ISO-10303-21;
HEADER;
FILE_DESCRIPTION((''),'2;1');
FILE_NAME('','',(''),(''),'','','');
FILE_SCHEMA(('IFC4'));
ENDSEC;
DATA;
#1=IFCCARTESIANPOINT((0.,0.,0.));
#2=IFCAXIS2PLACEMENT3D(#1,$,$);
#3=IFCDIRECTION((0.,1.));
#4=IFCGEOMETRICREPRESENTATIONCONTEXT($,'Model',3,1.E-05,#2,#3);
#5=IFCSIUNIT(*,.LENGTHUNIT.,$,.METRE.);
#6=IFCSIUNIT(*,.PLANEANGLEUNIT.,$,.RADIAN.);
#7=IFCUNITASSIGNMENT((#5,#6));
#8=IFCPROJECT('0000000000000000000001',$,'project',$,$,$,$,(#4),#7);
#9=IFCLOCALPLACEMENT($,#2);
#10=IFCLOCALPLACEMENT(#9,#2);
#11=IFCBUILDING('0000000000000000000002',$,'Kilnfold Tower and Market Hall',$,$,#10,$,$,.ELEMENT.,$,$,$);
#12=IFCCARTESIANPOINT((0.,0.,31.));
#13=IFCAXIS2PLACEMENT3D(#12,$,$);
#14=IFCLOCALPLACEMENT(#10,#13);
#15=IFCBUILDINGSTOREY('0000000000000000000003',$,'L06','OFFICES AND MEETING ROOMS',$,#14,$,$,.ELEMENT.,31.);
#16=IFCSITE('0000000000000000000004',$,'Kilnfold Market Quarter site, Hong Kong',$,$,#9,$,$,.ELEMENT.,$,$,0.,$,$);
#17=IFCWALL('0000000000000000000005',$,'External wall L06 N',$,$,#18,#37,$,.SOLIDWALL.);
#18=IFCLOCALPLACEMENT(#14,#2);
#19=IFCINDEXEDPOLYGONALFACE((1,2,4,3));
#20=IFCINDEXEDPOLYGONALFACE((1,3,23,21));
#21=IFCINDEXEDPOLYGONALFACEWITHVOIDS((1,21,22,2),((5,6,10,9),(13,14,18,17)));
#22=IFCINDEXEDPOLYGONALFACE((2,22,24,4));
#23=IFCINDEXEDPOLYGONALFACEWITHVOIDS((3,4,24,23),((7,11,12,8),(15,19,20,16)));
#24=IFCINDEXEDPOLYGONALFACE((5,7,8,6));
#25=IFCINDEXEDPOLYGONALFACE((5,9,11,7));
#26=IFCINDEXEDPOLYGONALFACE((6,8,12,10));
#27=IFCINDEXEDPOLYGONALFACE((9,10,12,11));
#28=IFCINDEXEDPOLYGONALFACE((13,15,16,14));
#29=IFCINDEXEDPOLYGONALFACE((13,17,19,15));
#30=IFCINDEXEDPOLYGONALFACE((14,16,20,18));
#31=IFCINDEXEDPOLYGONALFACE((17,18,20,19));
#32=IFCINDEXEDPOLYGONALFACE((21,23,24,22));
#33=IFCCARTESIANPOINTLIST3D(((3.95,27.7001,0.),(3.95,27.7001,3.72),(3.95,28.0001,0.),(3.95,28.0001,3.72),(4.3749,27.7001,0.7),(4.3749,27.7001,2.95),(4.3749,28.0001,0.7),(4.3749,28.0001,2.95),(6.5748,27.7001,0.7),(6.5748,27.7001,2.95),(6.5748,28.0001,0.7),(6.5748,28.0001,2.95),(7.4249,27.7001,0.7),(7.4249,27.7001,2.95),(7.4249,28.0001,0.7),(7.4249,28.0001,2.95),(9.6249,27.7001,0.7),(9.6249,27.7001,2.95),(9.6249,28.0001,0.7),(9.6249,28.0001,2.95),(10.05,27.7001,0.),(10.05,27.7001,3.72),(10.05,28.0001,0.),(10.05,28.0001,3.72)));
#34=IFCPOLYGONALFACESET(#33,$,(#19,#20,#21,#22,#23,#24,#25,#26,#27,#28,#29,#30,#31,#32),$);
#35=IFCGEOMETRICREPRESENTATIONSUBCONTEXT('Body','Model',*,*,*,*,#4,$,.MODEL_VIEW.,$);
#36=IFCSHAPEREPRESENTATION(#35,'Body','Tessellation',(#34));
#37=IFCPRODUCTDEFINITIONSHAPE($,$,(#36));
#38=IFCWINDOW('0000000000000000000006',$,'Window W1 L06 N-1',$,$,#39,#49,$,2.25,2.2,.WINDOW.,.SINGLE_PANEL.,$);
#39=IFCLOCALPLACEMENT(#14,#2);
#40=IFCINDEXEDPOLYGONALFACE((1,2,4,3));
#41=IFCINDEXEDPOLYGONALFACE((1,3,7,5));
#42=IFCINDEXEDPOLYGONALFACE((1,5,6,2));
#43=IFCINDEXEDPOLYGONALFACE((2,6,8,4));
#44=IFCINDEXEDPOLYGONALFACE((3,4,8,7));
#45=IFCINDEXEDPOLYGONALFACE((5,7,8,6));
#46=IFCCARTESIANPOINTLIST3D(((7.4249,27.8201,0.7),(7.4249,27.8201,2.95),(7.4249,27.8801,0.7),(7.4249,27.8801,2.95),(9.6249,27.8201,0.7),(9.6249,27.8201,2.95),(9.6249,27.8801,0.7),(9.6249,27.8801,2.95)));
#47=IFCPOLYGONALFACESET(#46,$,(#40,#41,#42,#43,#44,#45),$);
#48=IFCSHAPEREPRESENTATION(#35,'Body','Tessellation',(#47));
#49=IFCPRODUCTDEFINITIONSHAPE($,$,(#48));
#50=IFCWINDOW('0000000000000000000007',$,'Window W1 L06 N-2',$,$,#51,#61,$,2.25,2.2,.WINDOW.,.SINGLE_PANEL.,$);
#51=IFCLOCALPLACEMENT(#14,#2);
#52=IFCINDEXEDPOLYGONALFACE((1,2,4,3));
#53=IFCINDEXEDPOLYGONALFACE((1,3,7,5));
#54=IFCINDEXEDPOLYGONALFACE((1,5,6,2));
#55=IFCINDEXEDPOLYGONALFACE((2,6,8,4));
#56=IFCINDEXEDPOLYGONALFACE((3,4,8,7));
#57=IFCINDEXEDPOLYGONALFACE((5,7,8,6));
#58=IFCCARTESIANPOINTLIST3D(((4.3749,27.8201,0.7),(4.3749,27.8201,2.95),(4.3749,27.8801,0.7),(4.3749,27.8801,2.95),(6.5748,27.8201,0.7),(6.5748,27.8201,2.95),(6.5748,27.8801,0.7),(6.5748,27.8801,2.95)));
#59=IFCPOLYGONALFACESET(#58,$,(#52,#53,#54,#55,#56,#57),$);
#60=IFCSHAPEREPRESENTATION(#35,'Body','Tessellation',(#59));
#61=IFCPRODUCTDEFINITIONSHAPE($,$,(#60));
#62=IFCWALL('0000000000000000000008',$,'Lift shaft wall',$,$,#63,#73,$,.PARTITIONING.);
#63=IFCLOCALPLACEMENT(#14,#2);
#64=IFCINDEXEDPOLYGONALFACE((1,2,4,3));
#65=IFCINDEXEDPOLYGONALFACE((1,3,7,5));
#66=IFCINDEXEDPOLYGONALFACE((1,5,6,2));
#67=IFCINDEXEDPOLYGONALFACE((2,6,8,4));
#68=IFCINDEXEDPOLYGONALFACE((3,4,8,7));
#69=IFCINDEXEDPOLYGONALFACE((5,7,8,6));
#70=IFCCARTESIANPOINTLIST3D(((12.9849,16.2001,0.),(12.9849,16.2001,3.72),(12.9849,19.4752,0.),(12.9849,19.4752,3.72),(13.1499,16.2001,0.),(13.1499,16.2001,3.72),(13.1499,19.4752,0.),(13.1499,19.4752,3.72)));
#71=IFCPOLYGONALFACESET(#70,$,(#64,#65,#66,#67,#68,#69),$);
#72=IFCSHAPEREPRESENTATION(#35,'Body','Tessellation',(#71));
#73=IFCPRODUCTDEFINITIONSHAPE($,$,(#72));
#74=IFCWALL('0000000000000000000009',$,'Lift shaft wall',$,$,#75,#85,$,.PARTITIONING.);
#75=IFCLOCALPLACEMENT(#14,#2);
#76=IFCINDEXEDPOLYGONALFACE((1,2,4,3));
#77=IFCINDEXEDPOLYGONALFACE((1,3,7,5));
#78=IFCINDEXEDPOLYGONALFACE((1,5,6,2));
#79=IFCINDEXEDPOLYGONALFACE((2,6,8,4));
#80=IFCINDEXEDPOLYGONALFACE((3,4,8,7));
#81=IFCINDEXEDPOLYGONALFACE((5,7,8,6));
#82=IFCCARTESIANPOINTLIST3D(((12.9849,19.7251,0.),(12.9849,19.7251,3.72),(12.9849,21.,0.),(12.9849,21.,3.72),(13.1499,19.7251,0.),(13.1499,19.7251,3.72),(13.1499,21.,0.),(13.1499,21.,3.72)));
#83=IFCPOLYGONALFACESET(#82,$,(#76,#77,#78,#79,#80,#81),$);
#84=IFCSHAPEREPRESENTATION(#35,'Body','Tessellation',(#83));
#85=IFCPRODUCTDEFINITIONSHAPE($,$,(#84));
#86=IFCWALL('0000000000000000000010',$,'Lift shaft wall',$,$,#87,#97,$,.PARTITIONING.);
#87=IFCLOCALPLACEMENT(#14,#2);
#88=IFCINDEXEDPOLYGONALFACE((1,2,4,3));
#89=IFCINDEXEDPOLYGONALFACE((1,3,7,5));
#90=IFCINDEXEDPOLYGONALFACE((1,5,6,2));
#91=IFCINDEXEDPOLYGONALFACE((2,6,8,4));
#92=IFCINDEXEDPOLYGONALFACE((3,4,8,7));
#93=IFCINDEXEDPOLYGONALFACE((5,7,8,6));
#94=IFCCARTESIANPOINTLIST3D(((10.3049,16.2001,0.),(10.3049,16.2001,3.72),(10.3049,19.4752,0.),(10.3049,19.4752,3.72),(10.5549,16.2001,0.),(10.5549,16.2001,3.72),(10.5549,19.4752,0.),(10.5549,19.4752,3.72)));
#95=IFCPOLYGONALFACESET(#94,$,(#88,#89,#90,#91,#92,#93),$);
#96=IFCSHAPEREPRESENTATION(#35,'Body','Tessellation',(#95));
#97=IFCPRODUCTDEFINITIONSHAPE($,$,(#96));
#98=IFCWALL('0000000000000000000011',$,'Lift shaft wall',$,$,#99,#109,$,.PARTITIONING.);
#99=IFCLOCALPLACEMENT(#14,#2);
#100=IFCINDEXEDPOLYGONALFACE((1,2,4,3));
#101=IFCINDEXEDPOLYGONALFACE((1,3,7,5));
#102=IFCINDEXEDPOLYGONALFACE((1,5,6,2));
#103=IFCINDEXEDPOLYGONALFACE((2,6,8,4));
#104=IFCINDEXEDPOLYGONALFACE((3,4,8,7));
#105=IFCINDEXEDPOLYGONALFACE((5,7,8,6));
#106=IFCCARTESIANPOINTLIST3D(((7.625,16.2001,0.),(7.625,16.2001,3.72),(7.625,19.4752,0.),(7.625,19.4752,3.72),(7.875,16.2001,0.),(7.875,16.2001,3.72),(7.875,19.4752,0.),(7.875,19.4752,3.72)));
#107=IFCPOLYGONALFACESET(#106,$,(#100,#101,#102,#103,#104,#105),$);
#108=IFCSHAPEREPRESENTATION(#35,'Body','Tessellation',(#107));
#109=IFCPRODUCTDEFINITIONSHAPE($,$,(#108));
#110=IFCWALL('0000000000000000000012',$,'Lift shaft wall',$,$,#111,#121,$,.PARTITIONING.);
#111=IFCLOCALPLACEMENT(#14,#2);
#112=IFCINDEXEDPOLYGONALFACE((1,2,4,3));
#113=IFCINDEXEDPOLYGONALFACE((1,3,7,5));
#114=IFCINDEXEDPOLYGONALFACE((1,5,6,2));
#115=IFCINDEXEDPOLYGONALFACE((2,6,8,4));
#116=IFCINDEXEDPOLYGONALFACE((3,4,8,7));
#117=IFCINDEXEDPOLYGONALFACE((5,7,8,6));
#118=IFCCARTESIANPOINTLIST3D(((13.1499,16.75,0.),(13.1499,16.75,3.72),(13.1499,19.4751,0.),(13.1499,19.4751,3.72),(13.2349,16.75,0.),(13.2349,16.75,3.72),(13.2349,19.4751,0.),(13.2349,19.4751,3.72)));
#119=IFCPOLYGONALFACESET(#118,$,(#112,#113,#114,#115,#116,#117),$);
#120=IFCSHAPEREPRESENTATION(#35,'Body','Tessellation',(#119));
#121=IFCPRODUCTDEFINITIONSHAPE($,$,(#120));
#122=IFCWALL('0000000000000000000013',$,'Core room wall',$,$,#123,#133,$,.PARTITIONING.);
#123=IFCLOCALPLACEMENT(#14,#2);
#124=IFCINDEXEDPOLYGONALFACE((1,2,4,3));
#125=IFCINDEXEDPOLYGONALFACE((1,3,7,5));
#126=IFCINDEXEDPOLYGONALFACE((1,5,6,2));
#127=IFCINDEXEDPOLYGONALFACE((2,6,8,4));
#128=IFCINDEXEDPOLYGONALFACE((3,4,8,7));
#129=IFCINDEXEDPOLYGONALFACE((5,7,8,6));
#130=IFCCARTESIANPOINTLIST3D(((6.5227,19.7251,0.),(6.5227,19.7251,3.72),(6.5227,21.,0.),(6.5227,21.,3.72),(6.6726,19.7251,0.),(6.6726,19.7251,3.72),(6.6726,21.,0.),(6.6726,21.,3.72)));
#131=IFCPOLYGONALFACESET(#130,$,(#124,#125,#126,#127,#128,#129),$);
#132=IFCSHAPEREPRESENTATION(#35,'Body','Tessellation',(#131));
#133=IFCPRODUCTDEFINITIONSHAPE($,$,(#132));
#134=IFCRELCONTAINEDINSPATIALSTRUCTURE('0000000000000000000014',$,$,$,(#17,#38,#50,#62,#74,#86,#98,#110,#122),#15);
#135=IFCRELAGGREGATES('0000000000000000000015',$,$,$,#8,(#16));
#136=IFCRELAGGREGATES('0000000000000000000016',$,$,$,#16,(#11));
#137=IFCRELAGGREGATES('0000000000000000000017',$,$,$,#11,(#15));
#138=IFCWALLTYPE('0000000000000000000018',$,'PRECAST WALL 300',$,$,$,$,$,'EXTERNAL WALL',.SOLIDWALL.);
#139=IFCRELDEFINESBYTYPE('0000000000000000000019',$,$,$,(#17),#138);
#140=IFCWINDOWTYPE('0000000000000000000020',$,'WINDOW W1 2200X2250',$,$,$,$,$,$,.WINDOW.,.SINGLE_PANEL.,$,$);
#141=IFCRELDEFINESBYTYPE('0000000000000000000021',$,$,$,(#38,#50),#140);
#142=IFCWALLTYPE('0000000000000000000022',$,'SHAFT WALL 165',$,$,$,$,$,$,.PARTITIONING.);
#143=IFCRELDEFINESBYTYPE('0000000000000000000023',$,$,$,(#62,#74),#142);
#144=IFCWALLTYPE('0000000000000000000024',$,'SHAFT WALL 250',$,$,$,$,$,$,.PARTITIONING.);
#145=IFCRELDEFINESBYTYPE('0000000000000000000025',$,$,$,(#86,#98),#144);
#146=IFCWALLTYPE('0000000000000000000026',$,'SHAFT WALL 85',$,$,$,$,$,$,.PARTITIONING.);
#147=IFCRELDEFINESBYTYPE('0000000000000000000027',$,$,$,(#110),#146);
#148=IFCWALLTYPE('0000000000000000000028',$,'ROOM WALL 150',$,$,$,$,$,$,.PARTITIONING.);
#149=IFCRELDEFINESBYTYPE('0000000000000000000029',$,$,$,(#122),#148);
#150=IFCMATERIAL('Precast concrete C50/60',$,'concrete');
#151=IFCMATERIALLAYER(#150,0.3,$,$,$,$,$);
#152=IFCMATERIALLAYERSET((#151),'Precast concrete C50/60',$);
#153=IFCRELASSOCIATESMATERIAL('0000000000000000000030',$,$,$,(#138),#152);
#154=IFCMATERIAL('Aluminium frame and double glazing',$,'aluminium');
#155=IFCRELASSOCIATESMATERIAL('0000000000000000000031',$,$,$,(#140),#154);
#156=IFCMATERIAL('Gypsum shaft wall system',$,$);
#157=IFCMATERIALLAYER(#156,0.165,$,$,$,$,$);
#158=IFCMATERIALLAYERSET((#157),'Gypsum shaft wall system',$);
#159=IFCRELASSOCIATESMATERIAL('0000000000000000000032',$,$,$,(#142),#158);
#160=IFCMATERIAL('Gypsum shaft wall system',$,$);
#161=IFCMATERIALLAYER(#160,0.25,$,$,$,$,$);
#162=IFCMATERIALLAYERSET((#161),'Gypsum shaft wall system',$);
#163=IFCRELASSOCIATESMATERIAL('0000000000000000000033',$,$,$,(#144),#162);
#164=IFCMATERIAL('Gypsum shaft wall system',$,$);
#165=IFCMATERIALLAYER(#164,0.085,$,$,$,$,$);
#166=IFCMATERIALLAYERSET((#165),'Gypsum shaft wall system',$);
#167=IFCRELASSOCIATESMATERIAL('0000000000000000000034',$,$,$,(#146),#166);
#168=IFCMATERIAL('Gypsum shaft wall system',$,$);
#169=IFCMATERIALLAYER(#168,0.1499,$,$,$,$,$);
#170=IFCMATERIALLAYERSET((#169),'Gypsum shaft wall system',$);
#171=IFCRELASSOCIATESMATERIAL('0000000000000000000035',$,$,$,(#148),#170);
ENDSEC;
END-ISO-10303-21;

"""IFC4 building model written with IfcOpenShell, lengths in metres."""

from ifc_helpers import new_model, si_unit, direction, frame, frame_2d, origin, place, context, subcontext, project, spatial, rectangle, extrude, source, transform, mapped, material, layer, layer_set, type_object, element, fill, save


model = new_model("IFC4")

# Units and contexts
model_context = context("Model", 3, precision=1e-05, world=origin(), true_north=direction((0.0, 1.0)))
body_context = subcontext(model_context, "Body", "Model", "MODEL_VIEW")
ifc_project = project(units=[si_unit("LENGTHUNIT", "METRE"), si_unit("PLANEANGLEUNIT", "RADIAN")], contexts=[model_context])

# Site, building, storey
site_placement = place(None, origin())
site = spatial("IfcSite", under=ifc_project, at=site_placement, Name="Kilnfold Market Quarter site, Hong Kong", CompositionType="ELEMENT", RefElevation=0.0)
building_placement = place(site_placement, origin())
building = spatial("IfcBuilding", under=site, at=building_placement, Name="Kilnfold Tower and Market Hall", CompositionType="ELEMENT")
storey_placement = place(building_placement, frame((0.0, 0.0, 31.0)))
storey = spatial("IfcBuildingStorey", under=building, at=storey_placement, Name="L06", Description="OFFICES AND MEETING ROOMS", CompositionType="ELEMENT", Elevation=31.0)

# Wall, openings, windows
ifc_material_1 = material(Name="Precast concrete C50/60", Category="concrete")
ifc_layer_1 = layer(ifc_material_1, 0.3)
ifc_layer_set_1 = layer_set([ifc_layer_1], Name="Precast concrete C50/60")
wall_type_1 = type_object("IfcWallType", Name="PRECAST WALL 300", ElementType="EXTERNAL WALL", PredefinedType="SOLIDWALL", material=ifc_layer_set_1)
shared_shape_1 = source(origin(), body_context, "Body", "SweptSolid", [
    extrude(rectangle(XDim=6.1001, YDim=0.3, at=frame_2d((3.05, 0.0))), origin(), (0.0, 0.0, 1.0), 3.72),
])
ifc_material_2 = material(Name="Aluminium frame and double glazing", Category="aluminium")
window_type = type_object("IfcWindowType", Name="WINDOW W1 2200X2250", PartitioningType="SINGLE_PANEL", PredefinedType="WINDOW", material=ifc_material_2)
wall_1_placement = place(storey_placement, frame((10.05, 27.8501, 0.0), z_axis=(0.0, 0.0, 1.0), x_axis=(-1.0, 0.0, 0.0)))
wall_1 = element("IfcWall", 1, at=wall_1_placement, inside=storey, type_object=wall_type_1, Name="External wall L06 N", PredefinedType="SOLIDWALL", context=body_context, shape_type="MappedRepresentation", body=[
    mapped(shared_shape_1, transform((0.0, 0.0, 0.0))),
])
opening_1_placement = place(wall_1_placement, frame((0.425, 0.0, 0.7)))
opening_1 = element("IfcOpeningElement", 2, at=opening_1_placement, cuts=wall_1, PredefinedType="OPENING", context=body_context, shape_type="SweptSolid", body=[
    extrude(rectangle(XDim=2.2, YDim=2.25, at=frame_2d((1.1001, 1.125))), frame((0.0, 0.1602, 0.0), z_axis=(0.0, -1.0, 0.0), x_axis=(1.0, 0.0, 0.0)), (0.0, 0.0, 1.0), 0.3201),
])
opening_2_placement = place(wall_1_placement, frame((3.4751, 0.0, 0.7)))
opening_2 = element("IfcOpeningElement", 3, at=opening_2_placement, cuts=wall_1, PredefinedType="OPENING", context=body_context, shape_type="SweptSolid", body=[
    extrude(rectangle(XDim=2.2, YDim=2.25, at=frame_2d((1.1001, 1.125))), frame((0.0, 0.1602, 0.0), z_axis=(0.0, -1.0, 0.0), x_axis=(1.0, 0.0, 0.0)), (0.0, 0.0, 1.0), 0.3201),
])
window_1_placement = place(opening_1_placement, origin())
window_1 = element("IfcWindow", 4, at=window_1_placement, inside=storey, type_object=window_type, Name="Window W1 L06 N-1", OverallHeight=2.25, OverallWidth=2.2, PartitioningType="SINGLE_PANEL", PredefinedType="WINDOW", context=body_context, shape_type="SweptSolid", body=[
    extrude(rectangle(XDim=2.2, YDim=2.25, at=frame_2d((1.1001, 1.125))), frame((0.0, 0.03, 0.0), z_axis=(0.0, -1.0, 0.0), x_axis=(1.0, 0.0, 0.0)), (0.0, 0.0, 1.0), 0.0601),
])
fill(opening_1, window_1)
window_2_placement = place(opening_2_placement, origin())
window_2 = element("IfcWindow", 5, at=window_2_placement, inside=storey, type_object=window_type, Name="Window W1 L06 N-2", OverallHeight=2.25, OverallWidth=2.2, PartitioningType="SINGLE_PANEL", PredefinedType="WINDOW", context=body_context, shape_type="SweptSolid", body=[
    extrude(rectangle(XDim=2.2, YDim=2.25, at=frame_2d((1.1001, 1.125))), frame((0.0, 0.03, 0.0), z_axis=(0.0, -1.0, 0.0), x_axis=(1.0, 0.0, 0.0)), (0.0, 0.0, 1.0), 0.0601),
])
fill(opening_2, window_2)

# Walls
ifc_material_3 = material(Name="Gypsum shaft wall system")
ifc_layer_2 = layer(ifc_material_3, 0.165)
ifc_layer_set_2 = layer_set([ifc_layer_2], Name="Gypsum shaft wall system")
wall_type_2 = type_object("IfcWallType", Name="SHAFT WALL 165", PredefinedType="PARTITIONING", material=ifc_layer_set_2)
shared_shape_2 = source(origin(), body_context, "Body", "SweptSolid", [
    extrude(rectangle(XDim=3.2751, YDim=0.165, at=frame_2d((1.6377, 0.0))), origin(), (0.0, 0.0, 1.0), 3.72),
])
wall_2_placement = place(storey_placement, frame((13.0674, 16.2, 0.0), z_axis=(0.0, 0.0, 1.0), x_axis=(0.0, 1.0, 0.0)))
element("IfcWall", 6, at=wall_2_placement, inside=storey, type_object=wall_type_2, Name="Lift shaft wall", PredefinedType="PARTITIONING", context=body_context, shape_type="MappedRepresentation", body=[
    mapped(shared_shape_2, transform((0.0, 0.0, 0.0))),
])
shared_shape_3 = source(origin(), body_context, "Body", "SweptSolid", [
    extrude(rectangle(XDim=1.2749, YDim=0.165, at=frame_2d((0.6375, 0.0))), origin(), (0.0, 0.0, 1.0), 3.72),
])
wall_3_placement = place(storey_placement, frame((13.0674, 19.7251, 0.0), z_axis=(0.0, 0.0, 1.0), x_axis=(0.0, 1.0, 0.0)))
element("IfcWall", 7, at=wall_3_placement, inside=storey, type_object=wall_type_2, Name="Lift shaft wall", PredefinedType="PARTITIONING", context=body_context, shape_type="MappedRepresentation", body=[
    mapped(shared_shape_3, transform((0.0, 0.0, 0.0))),
])
ifc_material_4 = material(Name="Gypsum shaft wall system")
ifc_layer_3 = layer(ifc_material_4, 0.25)
ifc_layer_set_3 = layer_set([ifc_layer_3], Name="Gypsum shaft wall system")
wall_type_3 = type_object("IfcWallType", Name="SHAFT WALL 250", PredefinedType="PARTITIONING", material=ifc_layer_set_3)
shared_shape_4 = source(origin(), body_context, "Body", "SweptSolid", [
    extrude(rectangle(XDim=3.2751, YDim=0.25, at=frame_2d((1.6377, 0.0))), origin(), (0.0, 0.0, 1.0), 3.72),
])
for number, where, z_axis, x_axis, name in (
    (8, (10.4299, 16.2, 0.0), (0.0, 0.0, 1.0), (0.0, 1.0, 0.0), "Lift shaft wall"),
    (9, (7.75, 16.2, 0.0), (0.0, 0.0, 1.0), (0.0, 1.0, 0.0), "Lift shaft wall"),
):
    element("IfcWall", number, at=place(storey_placement, frame(where, z_axis=z_axis, x_axis=x_axis)), inside=storey, type_object=wall_type_3, Name=name, PredefinedType="PARTITIONING", context=body_context, shape_type="MappedRepresentation", body=[
        mapped(shared_shape_4, transform((0.0, 0.0, 0.0))),
    ])
ifc_material_5 = material(Name="Gypsum shaft wall system")
ifc_layer_4 = layer(ifc_material_5, 0.085)
ifc_layer_set_4 = layer_set([ifc_layer_4], Name="Gypsum shaft wall system")
wall_type_4 = type_object("IfcWallType", Name="SHAFT WALL 85", PredefinedType="PARTITIONING", material=ifc_layer_set_4)
shared_shape_5 = source(origin(), body_context, "Body", "SweptSolid", [
    extrude(rectangle(XDim=2.7251, YDim=0.085, at=frame_2d((1.3625, 0.0))), origin(), (0.0, 0.0, 1.0), 3.72),
])
wall_4_placement = place(storey_placement, frame((13.1924, 16.75, 0.0), z_axis=(0.0, 0.0, 1.0), x_axis=(0.0, 1.0, 0.0)))
element("IfcWall", 10, at=wall_4_placement, inside=storey, type_object=wall_type_4, Name="Lift shaft wall", PredefinedType="PARTITIONING", context=body_context, shape_type="MappedRepresentation", body=[
    mapped(shared_shape_5, transform((0.0, 0.0, 0.0))),
])
ifc_material_6 = material(Name="Gypsum shaft wall system")
ifc_layer_5 = layer(ifc_material_6, 0.1499)
ifc_layer_set_5 = layer_set([ifc_layer_5], Name="Gypsum shaft wall system")
wall_type_5 = type_object("IfcWallType", Name="ROOM WALL 150", PredefinedType="PARTITIONING", material=ifc_layer_set_5)
shared_shape_6 = source(origin(), body_context, "Body", "SweptSolid", [
    extrude(rectangle(XDim=1.2749, YDim=0.1499, at=frame_2d((0.6375, 0.0))), origin(), (0.0, 0.0, 1.0), 3.72),
])
wall_5_placement = place(storey_placement, frame((6.5977, 19.7251, 0.0), z_axis=(0.0, 0.0, 1.0), x_axis=(0.0, 1.0, 0.0)))
element("IfcWall", 11, at=wall_5_placement, inside=storey, type_object=wall_type_5, Name="Core room wall", PredefinedType="PARTITIONING", context=body_context, shape_type="MappedRepresentation", body=[
    mapped(shared_shape_6, transform((0.0, 0.0, 0.0))),
])

save(model, "model.ifc")
